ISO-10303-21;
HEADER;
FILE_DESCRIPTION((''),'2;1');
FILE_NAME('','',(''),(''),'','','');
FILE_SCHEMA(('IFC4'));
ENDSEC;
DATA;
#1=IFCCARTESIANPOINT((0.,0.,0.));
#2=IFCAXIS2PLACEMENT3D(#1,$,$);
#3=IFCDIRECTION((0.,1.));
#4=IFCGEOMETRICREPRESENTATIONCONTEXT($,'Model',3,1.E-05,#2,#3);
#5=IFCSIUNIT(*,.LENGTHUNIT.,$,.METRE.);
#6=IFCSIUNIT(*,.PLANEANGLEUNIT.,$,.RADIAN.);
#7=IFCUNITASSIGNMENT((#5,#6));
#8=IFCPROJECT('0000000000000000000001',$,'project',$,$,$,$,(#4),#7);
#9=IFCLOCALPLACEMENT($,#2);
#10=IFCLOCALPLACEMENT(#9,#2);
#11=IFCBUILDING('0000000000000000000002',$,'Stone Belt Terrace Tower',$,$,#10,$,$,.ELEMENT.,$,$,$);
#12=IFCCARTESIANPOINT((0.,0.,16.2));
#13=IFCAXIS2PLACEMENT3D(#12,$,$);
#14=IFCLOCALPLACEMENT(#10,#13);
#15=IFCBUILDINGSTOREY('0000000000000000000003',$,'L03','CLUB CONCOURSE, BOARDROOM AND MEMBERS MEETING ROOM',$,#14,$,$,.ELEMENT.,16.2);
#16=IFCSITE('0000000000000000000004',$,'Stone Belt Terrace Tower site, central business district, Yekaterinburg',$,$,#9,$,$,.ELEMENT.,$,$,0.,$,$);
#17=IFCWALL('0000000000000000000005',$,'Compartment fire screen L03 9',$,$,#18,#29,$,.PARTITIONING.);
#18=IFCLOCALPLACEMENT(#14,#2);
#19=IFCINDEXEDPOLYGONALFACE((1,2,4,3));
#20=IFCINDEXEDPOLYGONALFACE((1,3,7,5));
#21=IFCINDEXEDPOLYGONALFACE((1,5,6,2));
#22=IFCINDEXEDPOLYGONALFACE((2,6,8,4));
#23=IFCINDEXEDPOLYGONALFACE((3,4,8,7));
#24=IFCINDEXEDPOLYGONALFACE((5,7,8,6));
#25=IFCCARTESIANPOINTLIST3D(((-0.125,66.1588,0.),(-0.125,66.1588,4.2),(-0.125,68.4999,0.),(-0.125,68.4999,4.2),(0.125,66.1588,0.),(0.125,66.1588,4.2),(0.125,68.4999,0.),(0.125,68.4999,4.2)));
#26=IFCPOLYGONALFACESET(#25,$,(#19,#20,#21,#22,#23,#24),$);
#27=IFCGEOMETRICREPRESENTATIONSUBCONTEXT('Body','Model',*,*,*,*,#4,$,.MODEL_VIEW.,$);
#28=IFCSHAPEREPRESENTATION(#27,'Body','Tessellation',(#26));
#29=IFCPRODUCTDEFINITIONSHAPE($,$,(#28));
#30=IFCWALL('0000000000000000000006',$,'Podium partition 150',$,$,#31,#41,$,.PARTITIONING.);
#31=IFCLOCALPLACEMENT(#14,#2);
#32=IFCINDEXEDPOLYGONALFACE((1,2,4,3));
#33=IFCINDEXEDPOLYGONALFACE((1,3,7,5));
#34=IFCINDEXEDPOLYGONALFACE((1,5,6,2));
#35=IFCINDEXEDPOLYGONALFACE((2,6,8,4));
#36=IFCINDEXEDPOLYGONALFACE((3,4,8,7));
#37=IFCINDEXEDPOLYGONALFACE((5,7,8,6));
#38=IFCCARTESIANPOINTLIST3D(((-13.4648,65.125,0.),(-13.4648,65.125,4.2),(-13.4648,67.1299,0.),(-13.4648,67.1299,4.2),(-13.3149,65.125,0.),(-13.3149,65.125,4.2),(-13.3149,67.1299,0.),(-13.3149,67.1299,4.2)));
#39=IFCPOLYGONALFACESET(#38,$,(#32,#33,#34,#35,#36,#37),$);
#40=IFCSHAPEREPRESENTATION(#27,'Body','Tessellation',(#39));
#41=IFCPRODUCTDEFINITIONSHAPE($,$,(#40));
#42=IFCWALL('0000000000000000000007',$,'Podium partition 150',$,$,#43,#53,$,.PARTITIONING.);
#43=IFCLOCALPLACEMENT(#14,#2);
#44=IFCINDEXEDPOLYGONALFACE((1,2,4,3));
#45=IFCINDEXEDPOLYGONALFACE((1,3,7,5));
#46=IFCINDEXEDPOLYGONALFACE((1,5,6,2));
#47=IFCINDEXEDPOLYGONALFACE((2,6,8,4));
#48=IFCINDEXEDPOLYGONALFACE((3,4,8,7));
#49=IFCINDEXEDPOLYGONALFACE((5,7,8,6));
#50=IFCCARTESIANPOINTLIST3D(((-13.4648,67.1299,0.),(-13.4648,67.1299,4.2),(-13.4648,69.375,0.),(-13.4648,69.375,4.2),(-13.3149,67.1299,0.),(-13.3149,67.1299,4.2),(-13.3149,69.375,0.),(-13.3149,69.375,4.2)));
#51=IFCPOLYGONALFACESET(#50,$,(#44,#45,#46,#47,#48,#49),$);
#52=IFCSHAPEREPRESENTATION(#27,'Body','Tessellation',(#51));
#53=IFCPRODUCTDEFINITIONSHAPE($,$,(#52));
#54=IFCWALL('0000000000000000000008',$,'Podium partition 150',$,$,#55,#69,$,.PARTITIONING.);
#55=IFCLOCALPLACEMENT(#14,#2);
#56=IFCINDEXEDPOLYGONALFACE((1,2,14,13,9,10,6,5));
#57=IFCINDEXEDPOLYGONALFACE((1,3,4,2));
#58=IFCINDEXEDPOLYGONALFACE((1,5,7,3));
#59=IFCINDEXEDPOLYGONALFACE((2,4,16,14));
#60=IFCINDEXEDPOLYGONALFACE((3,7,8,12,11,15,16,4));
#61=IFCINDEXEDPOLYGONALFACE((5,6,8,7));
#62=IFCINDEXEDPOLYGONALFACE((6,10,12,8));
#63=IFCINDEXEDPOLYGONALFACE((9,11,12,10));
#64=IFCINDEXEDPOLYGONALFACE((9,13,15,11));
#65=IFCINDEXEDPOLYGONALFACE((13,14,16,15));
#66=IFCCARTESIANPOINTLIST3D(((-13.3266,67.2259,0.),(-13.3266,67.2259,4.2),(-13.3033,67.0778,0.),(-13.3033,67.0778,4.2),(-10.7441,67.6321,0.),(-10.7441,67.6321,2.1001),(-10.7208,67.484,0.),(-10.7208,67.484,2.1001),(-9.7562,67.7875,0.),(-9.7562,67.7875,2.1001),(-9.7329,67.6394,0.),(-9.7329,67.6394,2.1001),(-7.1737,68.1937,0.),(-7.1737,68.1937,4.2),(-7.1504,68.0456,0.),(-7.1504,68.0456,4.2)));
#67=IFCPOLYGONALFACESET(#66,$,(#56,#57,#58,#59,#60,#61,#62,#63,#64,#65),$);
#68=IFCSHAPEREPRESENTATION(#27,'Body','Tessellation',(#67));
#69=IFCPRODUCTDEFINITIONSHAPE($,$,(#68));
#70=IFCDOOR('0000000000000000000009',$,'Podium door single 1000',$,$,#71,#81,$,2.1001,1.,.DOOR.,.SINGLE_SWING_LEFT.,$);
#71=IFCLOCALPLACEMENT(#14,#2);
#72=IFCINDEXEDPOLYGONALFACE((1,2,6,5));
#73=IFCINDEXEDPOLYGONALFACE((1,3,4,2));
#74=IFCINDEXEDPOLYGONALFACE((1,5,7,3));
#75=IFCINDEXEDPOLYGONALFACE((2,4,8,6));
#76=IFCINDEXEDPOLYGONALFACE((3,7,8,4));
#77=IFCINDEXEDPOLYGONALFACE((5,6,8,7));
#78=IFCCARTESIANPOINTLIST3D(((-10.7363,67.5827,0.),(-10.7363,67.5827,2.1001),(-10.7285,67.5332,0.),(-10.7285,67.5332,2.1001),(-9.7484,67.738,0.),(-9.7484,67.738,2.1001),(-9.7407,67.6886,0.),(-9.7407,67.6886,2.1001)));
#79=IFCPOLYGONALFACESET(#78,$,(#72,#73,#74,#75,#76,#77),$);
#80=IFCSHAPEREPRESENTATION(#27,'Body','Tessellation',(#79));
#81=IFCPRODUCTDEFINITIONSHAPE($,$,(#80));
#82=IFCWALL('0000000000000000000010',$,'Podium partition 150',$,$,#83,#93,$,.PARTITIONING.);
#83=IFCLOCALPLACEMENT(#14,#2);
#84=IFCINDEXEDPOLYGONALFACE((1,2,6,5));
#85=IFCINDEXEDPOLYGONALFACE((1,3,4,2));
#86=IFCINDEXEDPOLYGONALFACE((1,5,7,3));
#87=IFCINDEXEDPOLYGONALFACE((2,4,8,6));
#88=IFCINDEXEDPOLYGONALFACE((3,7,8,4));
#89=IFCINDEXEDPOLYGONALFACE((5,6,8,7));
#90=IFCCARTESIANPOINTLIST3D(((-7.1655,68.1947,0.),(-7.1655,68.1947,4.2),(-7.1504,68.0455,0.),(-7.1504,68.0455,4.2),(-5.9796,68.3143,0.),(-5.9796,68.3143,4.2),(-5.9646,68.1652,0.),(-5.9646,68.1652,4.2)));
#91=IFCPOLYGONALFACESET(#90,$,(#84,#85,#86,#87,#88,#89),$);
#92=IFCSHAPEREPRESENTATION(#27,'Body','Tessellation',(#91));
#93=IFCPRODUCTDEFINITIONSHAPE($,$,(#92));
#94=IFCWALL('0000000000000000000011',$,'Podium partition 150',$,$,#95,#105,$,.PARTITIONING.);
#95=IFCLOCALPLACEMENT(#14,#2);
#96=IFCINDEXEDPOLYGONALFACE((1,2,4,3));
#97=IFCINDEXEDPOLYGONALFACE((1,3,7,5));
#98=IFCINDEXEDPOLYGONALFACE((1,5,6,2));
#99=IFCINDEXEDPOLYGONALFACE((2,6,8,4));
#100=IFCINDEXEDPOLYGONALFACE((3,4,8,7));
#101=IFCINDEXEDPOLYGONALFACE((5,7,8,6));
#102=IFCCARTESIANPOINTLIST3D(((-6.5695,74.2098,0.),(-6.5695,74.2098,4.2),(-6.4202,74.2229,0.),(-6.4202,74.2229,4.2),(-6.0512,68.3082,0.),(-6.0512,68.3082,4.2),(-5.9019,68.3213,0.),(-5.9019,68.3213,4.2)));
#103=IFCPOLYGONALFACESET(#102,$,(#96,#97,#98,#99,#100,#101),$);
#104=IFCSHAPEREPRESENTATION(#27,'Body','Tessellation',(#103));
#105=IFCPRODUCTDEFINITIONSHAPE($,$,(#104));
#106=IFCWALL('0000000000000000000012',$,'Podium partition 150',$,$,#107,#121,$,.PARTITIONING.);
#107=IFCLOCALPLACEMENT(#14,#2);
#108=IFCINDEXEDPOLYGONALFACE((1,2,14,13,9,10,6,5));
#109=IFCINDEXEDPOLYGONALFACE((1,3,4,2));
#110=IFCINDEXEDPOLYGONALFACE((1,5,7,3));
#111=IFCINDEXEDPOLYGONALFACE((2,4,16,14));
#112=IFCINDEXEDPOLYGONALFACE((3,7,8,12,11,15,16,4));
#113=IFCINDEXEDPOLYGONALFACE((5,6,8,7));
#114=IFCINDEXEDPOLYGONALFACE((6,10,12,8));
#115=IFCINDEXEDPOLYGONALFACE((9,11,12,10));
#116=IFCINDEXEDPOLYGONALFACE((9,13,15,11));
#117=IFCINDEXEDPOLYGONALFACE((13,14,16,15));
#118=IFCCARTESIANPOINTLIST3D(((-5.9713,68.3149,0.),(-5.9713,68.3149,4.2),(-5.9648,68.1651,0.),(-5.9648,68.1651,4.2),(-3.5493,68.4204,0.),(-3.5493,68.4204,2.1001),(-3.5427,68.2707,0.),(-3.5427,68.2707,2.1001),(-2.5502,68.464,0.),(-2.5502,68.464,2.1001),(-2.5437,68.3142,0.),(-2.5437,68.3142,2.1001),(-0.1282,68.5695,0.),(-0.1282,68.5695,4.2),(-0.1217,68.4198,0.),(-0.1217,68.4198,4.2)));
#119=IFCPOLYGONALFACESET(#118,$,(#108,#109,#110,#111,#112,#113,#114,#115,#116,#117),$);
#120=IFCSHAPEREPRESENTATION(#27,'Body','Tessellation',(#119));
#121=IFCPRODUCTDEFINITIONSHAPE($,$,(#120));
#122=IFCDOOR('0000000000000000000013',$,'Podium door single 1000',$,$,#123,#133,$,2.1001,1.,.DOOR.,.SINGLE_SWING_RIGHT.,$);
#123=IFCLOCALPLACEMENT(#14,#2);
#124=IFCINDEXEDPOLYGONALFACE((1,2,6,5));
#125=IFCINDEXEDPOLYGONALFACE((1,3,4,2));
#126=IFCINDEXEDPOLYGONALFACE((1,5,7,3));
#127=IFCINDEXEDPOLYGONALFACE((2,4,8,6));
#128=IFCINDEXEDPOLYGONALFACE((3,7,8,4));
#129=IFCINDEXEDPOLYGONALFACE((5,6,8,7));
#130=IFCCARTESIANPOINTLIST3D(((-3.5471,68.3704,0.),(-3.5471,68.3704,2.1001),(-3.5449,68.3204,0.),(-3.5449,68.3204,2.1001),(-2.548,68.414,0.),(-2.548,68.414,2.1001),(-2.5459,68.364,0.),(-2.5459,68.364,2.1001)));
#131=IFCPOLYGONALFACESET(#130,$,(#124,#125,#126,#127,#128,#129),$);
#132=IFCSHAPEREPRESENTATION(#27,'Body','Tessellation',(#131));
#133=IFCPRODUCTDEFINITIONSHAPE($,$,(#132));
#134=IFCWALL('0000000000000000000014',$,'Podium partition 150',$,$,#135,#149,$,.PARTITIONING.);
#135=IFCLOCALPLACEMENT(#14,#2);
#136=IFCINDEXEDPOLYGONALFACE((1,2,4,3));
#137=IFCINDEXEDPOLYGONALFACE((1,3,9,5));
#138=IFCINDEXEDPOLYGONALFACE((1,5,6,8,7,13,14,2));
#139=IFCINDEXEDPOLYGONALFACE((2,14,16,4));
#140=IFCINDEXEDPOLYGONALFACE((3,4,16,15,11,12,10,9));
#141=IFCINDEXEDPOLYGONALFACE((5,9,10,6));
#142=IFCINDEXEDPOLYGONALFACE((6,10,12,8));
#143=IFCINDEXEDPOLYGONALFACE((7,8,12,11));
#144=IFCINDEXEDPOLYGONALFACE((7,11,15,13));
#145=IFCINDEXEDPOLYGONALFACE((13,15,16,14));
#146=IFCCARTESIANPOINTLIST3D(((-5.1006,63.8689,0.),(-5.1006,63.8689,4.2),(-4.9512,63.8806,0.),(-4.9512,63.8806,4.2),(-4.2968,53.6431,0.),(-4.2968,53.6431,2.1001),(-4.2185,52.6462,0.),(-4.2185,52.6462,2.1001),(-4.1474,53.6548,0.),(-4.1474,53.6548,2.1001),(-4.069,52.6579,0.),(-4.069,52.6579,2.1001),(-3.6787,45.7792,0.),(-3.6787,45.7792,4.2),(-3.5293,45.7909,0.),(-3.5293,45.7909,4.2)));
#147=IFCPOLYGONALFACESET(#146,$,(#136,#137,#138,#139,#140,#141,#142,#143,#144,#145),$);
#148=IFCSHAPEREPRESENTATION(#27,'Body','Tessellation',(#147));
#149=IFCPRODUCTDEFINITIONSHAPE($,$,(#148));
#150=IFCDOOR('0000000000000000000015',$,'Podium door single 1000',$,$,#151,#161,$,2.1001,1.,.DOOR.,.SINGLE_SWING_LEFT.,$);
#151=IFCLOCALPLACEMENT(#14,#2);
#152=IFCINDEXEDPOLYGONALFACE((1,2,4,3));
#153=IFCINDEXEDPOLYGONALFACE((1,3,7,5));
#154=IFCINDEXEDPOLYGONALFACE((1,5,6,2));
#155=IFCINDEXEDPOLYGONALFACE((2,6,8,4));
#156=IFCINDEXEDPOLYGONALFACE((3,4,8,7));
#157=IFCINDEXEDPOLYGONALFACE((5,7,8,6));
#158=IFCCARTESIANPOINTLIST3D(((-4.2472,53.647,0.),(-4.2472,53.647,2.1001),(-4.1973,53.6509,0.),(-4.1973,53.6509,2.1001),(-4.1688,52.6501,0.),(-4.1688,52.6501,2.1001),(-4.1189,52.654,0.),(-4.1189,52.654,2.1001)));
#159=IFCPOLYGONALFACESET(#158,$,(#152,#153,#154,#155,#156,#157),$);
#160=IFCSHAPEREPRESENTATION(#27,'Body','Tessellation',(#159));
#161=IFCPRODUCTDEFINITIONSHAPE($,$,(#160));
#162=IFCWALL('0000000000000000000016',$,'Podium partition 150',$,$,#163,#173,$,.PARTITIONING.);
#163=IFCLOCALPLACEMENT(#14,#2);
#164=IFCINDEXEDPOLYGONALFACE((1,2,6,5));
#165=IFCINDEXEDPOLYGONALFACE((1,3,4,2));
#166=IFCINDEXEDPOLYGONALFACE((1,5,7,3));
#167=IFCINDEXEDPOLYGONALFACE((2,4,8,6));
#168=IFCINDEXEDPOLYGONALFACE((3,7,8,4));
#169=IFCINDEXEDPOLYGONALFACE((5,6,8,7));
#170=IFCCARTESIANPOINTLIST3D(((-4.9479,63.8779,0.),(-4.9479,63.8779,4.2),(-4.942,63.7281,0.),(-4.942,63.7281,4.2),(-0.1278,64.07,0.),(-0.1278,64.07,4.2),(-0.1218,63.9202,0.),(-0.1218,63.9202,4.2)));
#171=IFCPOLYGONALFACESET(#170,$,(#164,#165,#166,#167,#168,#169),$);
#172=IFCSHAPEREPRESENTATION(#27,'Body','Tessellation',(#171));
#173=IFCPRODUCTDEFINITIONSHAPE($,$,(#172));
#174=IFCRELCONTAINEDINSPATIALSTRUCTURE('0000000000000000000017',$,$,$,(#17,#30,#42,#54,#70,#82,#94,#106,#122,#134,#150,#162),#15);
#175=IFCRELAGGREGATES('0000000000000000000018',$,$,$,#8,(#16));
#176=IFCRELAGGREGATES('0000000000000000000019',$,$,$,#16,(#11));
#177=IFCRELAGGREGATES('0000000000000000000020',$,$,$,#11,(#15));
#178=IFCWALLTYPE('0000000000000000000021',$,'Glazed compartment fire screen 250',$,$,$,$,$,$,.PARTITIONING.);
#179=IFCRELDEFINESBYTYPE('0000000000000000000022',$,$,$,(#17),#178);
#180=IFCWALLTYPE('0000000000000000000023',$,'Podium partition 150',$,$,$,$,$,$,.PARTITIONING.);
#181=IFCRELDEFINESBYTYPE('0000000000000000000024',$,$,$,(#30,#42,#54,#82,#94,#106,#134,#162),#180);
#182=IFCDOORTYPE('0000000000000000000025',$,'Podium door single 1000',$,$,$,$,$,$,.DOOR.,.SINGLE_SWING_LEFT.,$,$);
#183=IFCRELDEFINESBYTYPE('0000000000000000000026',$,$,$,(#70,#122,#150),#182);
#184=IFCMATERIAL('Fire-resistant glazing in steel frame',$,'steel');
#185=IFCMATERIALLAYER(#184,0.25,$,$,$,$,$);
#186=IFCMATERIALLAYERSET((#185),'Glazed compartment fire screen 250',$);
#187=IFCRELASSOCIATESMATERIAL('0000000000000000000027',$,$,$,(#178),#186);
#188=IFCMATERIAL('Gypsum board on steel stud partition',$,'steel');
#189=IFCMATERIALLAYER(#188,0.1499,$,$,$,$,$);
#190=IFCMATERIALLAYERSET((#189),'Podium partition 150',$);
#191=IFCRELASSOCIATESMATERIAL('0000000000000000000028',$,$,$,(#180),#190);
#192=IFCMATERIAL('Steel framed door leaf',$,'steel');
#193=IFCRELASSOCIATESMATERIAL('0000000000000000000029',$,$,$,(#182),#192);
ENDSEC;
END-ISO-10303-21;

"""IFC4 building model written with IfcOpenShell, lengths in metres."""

from ifc_helpers import new_model, si_unit, direction, frame, frame_2d, origin, place, context, subcontext, project, spatial, rectangle, extrude, material, layer, layer_set, type_object, element, fill, save


model = new_model("IFC4")

# Units and contexts
model_context = context("Model", 3, precision=1e-05, world=origin(), true_north=direction((0.0, 1.0)))
body_context = subcontext(model_context, "Body", "Model", "MODEL_VIEW")
ifc_project = project(units=[si_unit("LENGTHUNIT", "METRE"), si_unit("PLANEANGLEUNIT", "RADIAN")], contexts=[model_context])

# Site, building, storey
site_placement = place(None, origin())
site = spatial("IfcSite", under=ifc_project, at=site_placement, Name="Stone Belt Terrace Tower site, central business district, Yekaterinburg", CompositionType="ELEMENT", RefElevation=0.0)
building_placement = place(site_placement, origin())
building = spatial("IfcBuilding", under=site, at=building_placement, Name="Stone Belt Terrace Tower", CompositionType="ELEMENT")
storey_placement = place(building_placement, frame((0.0, 0.0, 16.2)))
storey = spatial("IfcBuildingStorey", under=building, at=storey_placement, Name="L03", Description="CLUB CONCOURSE, BOARDROOM AND MEMBERS MEETING ROOM", CompositionType="ELEMENT", Elevation=16.2)

# Walls
ifc_material_1 = material(Name="Fire-resistant glazing in steel frame", Category="steel")
ifc_layer_1 = layer(ifc_material_1, 0.25)
ifc_layer_set_1 = layer_set([ifc_layer_1], Name="Glazed compartment fire screen 250")
wall_type_1 = type_object("IfcWallType", Name="Glazed compartment fire screen 250", PredefinedType="PARTITIONING", material=ifc_layer_set_1)
wall_1_placement = place(storey_placement, frame((0.0, 66.1589, 0.0), z_axis=(0.0, 0.0, 1.0), x_axis=(0.0, 1.0, 0.0)))
element("IfcWall", 1, at=wall_1_placement, inside=storey, type_object=wall_type_1, Name="Compartment fire screen L03 9", PredefinedType="PARTITIONING", context=body_context, shape_type="SweptSolid", body=[
    extrude(rectangle(XDim=2.3411, YDim=0.25, at=frame_2d((1.1704, 0.0))), origin(), (0.0, 0.0, 1.0), 4.2),
])
ifc_material_2 = material(Name="Gypsum board on steel stud partition", Category="steel")
ifc_layer_2 = layer(ifc_material_2, 0.1499)
ifc_layer_set_2 = layer_set([ifc_layer_2], Name="Podium partition 150")
wall_type_2 = type_object("IfcWallType", Name="Podium partition 150", PredefinedType="PARTITIONING", material=ifc_layer_set_2)
wall_2_placement = place(storey_placement, frame((-13.3899, 65.125, 0.0), z_axis=(0.0, 0.0, 1.0), x_axis=(0.0, 1.0, 0.0)))
element("IfcWall", 2, at=wall_2_placement, inside=storey, type_object=wall_type_2, Name="Podium partition 150", PredefinedType="PARTITIONING", context=body_context, shape_type="SweptSolid", body=[
    extrude(rectangle(XDim=2.0049, YDim=0.1499, at=frame_2d((1.0024, 0.0))), origin(), (0.0, 0.0, 1.0), 4.2),
])
wall_3_placement = place(storey_placement, frame((-13.3899, 67.1299, 0.0), z_axis=(0.0, 0.0, 1.0), x_axis=(0.0, 1.0, 0.0)))
element("IfcWall", 3, at=wall_3_placement, inside=storey, type_object=wall_type_2, Name="Podium partition 150", PredefinedType="PARTITIONING", context=body_context, shape_type="SweptSolid", body=[
    extrude(rectangle(XDim=2.2451, YDim=0.1499, at=frame_2d((1.1226, 0.0))), origin(), (0.0, 0.0, 1.0), 4.2),
])

# Wall, opening, door
wall_4_placement = place(storey_placement, frame((-13.3149, 67.1519, 0.0), z_axis=(0.0, 0.0, 1.0), x_axis=(0.987855, 0.155379, 0.0)))
wall_4 = element("IfcWall", 4, at=wall_4_placement, inside=storey, type_object=wall_type_2, Name="Podium partition 150", PredefinedType="PARTITIONING", context=body_context, shape_type="SweptSolid", body=[
    extrude(rectangle(XDim=6.2285, YDim=0.1499, at=frame_2d((3.1143, 0.0))), origin(), (0.0, 0.0, 1.0), 4.2),
])
opening_1_placement = place(wall_4_placement, frame((2.6143, 0.0, 0.0)))
opening_1 = element("IfcOpeningElement", 5, at=opening_1_placement, cuts=wall_4, PredefinedType="OPENING", context=body_context, shape_type="SweptSolid", body=[
    extrude(rectangle(XDim=1.0, YDim=2.1001, at=frame_2d((0.5, 1.05))), frame((0.0, 0.085, 0.0), z_axis=(0.0, -1.0, 0.0), x_axis=(1.0, 0.0, 0.0)), (0.0, 0.0, 1.0), 0.1699),
])
ifc_material_3 = material(Name="Steel framed door leaf", Category="steel")
door_type = type_object("IfcDoorType", Name="Podium door single 1000", OperationType="SINGLE_SWING_LEFT", PredefinedType="DOOR", material=ifc_material_3)
door_1_placement = place(opening_1_placement, origin())
door_1 = element("IfcDoor", 6, at=door_1_placement, inside=storey, type_object=door_type, Name="Podium door single 1000", OperationType="SINGLE_SWING_LEFT", OverallHeight=2.1001, OverallWidth=1.0, PredefinedType="DOOR", context=body_context, shape_type="SweptSolid", body=[
    extrude(rectangle(XDim=1.0, YDim=2.1001, at=frame_2d((0.5, 1.05))), frame((0.0, 0.0249, 0.0), z_axis=(0.0, -1.0, 0.0), x_axis=(1.0, 0.0, 0.0)), (0.0, 0.0, 1.0), 0.05),
])
fill(opening_1, door_1)

# Walls
wall_5_placement = place(storey_placement, frame((-7.158, 68.1201, 0.0), z_axis=(0.0, 0.0, 1.0), x_axis=(0.99495, 0.100376, 0.0)))
element("IfcWall", 7, at=wall_5_placement, inside=storey, type_object=wall_type_2, Name="Podium partition 150", PredefinedType="PARTITIONING", context=body_context, shape_type="SweptSolid", body=[
    extrude(rectangle(XDim=1.1919, YDim=0.1499, at=frame_2d((0.5959, 0.0))), origin(), (0.0, 0.0, 1.0), 4.2),
])
wall_6_placement = place(storey_placement, frame((-6.4949, 74.2163, 0.0), z_axis=(0.0, 0.0, 1.0), x_axis=(0.087488, -0.996166, 0.0)))
element("IfcWall", 8, at=wall_6_placement, inside=storey, type_object=wall_type_2, Name="Podium partition 150", PredefinedType="PARTITIONING", context=body_context, shape_type="SweptSolid", body=[
    extrude(rectangle(XDim=5.9243, YDim=0.1499, at=frame_2d((2.9622, 0.0))), origin(), (0.0, 0.0, 1.0), 4.2),
])

# Walls, openings, doors
wall_7_placement = place(storey_placement, frame((-5.968, 68.24, 0.0), z_axis=(0.0, 0.0, 1.0), x_axis=(0.999052, 0.043539, 0.0)))
wall_7 = element("IfcWall", 9, at=wall_7_placement, inside=storey, type_object=wall_type_2, Name="Podium partition 150", PredefinedType="PARTITIONING", context=body_context, shape_type="SweptSolid", body=[
    extrude(rectangle(XDim=5.8486, YDim=0.1499, at=frame_2d((2.9243, 0.0))), origin(), (0.0, 0.0, 1.0), 4.2),
])
opening_2_placement = place(wall_7_placement, frame((2.4243, 0.0, 0.0)))
opening_2 = element("IfcOpeningElement", 10, at=opening_2_placement, cuts=wall_7, PredefinedType="OPENING", context=body_context, shape_type="SweptSolid", body=[
    extrude(rectangle(XDim=1.0, YDim=2.1001, at=frame_2d((0.5, 1.05))), frame((0.0, 0.085, 0.0), z_axis=(0.0, -1.0, 0.0), x_axis=(1.0, 0.0, 0.0)), (0.0, 0.0, 1.0), 0.1699),
])
door_2_placement = place(opening_2_placement, origin())
door_2 = element("IfcDoor", 11, at=door_2_placement, inside=storey, type_object=door_type, Name="Podium door single 1000", OperationType="SINGLE_SWING_RIGHT", OverallHeight=2.1001, OverallWidth=1.0, PredefinedType="DOOR", context=body_context, shape_type="SweptSolid", body=[
    extrude(rectangle(XDim=1.0, YDim=2.1001, at=frame_2d((0.5, 1.05))), frame((0.0, 0.0249, 0.0), z_axis=(0.0, -1.0, 0.0), x_axis=(1.0, 0.0, 0.0)), (0.0, 0.0, 1.0), 0.05),
])
fill(opening_2, door_2)
wall_8_placement = place(storey_placement, frame((-5.0259, 63.8748, 0.0), z_axis=(0.0, 0.0, 1.0), x_axis=(0.07836, -0.996925, 0.0)))
wall_8 = element("IfcWall", 12, at=wall_8_placement, inside=storey, type_object=wall_type_2, Name="Podium partition 150", PredefinedType="PARTITIONING", context=body_context, shape_type="SweptSolid", body=[
    extrude(rectangle(XDim=18.1455, YDim=0.1499, at=frame_2d((9.0728, 0.0))), origin(), (0.0, 0.0, 1.0), 4.2),
])
opening_3_placement = place(wall_8_placement, frame((10.2573, 0.0, 0.0)))
opening_3 = element("IfcOpeningElement", 13, at=opening_3_placement, cuts=wall_8, PredefinedType="OPENING", context=body_context, shape_type="SweptSolid", body=[
    extrude(rectangle(XDim=1.0, YDim=2.1001, at=frame_2d((0.5, 1.05))), frame((0.0, 0.085, 0.0), z_axis=(0.0, -1.0, 0.0), x_axis=(1.0, 0.0, 0.0)), (0.0, 0.0, 1.0), 0.1699),
])
door_3_placement = place(opening_3_placement, origin())
door_3 = element("IfcDoor", 14, at=door_3_placement, inside=storey, type_object=door_type, Name="Podium door single 1000", OperationType="SINGLE_SWING_LEFT", OverallHeight=2.1001, OverallWidth=1.0, PredefinedType="DOOR", context=body_context, shape_type="SweptSolid", body=[
    extrude(rectangle(XDim=1.0, YDim=2.1001, at=frame_2d((0.5, 1.05))), frame((0.0, 0.0249, 0.0), z_axis=(0.0, -1.0, 0.0), x_axis=(1.0, 0.0, 0.0)), (0.0, 0.0, 1.0), 0.05),
])
fill(opening_3, door_3)

# Wall
wall_9_placement = place(storey_placement, frame((-4.9451, 63.803, 0.0), z_axis=(0.0, 0.0, 1.0), x_axis=(0.999206, 0.039831, 0.0)))
element("IfcWall", 15, at=wall_9_placement, inside=storey, type_object=wall_type_2, Name="Podium partition 150", PredefinedType="PARTITIONING", context=body_context, shape_type="SweptSolid", body=[
    extrude(rectangle(XDim=4.824, YDim=0.1499, at=frame_2d((2.4121, 0.0))), origin(), (0.0, 0.0, 1.0), 4.2),
])

save(model, "model.ifc")
